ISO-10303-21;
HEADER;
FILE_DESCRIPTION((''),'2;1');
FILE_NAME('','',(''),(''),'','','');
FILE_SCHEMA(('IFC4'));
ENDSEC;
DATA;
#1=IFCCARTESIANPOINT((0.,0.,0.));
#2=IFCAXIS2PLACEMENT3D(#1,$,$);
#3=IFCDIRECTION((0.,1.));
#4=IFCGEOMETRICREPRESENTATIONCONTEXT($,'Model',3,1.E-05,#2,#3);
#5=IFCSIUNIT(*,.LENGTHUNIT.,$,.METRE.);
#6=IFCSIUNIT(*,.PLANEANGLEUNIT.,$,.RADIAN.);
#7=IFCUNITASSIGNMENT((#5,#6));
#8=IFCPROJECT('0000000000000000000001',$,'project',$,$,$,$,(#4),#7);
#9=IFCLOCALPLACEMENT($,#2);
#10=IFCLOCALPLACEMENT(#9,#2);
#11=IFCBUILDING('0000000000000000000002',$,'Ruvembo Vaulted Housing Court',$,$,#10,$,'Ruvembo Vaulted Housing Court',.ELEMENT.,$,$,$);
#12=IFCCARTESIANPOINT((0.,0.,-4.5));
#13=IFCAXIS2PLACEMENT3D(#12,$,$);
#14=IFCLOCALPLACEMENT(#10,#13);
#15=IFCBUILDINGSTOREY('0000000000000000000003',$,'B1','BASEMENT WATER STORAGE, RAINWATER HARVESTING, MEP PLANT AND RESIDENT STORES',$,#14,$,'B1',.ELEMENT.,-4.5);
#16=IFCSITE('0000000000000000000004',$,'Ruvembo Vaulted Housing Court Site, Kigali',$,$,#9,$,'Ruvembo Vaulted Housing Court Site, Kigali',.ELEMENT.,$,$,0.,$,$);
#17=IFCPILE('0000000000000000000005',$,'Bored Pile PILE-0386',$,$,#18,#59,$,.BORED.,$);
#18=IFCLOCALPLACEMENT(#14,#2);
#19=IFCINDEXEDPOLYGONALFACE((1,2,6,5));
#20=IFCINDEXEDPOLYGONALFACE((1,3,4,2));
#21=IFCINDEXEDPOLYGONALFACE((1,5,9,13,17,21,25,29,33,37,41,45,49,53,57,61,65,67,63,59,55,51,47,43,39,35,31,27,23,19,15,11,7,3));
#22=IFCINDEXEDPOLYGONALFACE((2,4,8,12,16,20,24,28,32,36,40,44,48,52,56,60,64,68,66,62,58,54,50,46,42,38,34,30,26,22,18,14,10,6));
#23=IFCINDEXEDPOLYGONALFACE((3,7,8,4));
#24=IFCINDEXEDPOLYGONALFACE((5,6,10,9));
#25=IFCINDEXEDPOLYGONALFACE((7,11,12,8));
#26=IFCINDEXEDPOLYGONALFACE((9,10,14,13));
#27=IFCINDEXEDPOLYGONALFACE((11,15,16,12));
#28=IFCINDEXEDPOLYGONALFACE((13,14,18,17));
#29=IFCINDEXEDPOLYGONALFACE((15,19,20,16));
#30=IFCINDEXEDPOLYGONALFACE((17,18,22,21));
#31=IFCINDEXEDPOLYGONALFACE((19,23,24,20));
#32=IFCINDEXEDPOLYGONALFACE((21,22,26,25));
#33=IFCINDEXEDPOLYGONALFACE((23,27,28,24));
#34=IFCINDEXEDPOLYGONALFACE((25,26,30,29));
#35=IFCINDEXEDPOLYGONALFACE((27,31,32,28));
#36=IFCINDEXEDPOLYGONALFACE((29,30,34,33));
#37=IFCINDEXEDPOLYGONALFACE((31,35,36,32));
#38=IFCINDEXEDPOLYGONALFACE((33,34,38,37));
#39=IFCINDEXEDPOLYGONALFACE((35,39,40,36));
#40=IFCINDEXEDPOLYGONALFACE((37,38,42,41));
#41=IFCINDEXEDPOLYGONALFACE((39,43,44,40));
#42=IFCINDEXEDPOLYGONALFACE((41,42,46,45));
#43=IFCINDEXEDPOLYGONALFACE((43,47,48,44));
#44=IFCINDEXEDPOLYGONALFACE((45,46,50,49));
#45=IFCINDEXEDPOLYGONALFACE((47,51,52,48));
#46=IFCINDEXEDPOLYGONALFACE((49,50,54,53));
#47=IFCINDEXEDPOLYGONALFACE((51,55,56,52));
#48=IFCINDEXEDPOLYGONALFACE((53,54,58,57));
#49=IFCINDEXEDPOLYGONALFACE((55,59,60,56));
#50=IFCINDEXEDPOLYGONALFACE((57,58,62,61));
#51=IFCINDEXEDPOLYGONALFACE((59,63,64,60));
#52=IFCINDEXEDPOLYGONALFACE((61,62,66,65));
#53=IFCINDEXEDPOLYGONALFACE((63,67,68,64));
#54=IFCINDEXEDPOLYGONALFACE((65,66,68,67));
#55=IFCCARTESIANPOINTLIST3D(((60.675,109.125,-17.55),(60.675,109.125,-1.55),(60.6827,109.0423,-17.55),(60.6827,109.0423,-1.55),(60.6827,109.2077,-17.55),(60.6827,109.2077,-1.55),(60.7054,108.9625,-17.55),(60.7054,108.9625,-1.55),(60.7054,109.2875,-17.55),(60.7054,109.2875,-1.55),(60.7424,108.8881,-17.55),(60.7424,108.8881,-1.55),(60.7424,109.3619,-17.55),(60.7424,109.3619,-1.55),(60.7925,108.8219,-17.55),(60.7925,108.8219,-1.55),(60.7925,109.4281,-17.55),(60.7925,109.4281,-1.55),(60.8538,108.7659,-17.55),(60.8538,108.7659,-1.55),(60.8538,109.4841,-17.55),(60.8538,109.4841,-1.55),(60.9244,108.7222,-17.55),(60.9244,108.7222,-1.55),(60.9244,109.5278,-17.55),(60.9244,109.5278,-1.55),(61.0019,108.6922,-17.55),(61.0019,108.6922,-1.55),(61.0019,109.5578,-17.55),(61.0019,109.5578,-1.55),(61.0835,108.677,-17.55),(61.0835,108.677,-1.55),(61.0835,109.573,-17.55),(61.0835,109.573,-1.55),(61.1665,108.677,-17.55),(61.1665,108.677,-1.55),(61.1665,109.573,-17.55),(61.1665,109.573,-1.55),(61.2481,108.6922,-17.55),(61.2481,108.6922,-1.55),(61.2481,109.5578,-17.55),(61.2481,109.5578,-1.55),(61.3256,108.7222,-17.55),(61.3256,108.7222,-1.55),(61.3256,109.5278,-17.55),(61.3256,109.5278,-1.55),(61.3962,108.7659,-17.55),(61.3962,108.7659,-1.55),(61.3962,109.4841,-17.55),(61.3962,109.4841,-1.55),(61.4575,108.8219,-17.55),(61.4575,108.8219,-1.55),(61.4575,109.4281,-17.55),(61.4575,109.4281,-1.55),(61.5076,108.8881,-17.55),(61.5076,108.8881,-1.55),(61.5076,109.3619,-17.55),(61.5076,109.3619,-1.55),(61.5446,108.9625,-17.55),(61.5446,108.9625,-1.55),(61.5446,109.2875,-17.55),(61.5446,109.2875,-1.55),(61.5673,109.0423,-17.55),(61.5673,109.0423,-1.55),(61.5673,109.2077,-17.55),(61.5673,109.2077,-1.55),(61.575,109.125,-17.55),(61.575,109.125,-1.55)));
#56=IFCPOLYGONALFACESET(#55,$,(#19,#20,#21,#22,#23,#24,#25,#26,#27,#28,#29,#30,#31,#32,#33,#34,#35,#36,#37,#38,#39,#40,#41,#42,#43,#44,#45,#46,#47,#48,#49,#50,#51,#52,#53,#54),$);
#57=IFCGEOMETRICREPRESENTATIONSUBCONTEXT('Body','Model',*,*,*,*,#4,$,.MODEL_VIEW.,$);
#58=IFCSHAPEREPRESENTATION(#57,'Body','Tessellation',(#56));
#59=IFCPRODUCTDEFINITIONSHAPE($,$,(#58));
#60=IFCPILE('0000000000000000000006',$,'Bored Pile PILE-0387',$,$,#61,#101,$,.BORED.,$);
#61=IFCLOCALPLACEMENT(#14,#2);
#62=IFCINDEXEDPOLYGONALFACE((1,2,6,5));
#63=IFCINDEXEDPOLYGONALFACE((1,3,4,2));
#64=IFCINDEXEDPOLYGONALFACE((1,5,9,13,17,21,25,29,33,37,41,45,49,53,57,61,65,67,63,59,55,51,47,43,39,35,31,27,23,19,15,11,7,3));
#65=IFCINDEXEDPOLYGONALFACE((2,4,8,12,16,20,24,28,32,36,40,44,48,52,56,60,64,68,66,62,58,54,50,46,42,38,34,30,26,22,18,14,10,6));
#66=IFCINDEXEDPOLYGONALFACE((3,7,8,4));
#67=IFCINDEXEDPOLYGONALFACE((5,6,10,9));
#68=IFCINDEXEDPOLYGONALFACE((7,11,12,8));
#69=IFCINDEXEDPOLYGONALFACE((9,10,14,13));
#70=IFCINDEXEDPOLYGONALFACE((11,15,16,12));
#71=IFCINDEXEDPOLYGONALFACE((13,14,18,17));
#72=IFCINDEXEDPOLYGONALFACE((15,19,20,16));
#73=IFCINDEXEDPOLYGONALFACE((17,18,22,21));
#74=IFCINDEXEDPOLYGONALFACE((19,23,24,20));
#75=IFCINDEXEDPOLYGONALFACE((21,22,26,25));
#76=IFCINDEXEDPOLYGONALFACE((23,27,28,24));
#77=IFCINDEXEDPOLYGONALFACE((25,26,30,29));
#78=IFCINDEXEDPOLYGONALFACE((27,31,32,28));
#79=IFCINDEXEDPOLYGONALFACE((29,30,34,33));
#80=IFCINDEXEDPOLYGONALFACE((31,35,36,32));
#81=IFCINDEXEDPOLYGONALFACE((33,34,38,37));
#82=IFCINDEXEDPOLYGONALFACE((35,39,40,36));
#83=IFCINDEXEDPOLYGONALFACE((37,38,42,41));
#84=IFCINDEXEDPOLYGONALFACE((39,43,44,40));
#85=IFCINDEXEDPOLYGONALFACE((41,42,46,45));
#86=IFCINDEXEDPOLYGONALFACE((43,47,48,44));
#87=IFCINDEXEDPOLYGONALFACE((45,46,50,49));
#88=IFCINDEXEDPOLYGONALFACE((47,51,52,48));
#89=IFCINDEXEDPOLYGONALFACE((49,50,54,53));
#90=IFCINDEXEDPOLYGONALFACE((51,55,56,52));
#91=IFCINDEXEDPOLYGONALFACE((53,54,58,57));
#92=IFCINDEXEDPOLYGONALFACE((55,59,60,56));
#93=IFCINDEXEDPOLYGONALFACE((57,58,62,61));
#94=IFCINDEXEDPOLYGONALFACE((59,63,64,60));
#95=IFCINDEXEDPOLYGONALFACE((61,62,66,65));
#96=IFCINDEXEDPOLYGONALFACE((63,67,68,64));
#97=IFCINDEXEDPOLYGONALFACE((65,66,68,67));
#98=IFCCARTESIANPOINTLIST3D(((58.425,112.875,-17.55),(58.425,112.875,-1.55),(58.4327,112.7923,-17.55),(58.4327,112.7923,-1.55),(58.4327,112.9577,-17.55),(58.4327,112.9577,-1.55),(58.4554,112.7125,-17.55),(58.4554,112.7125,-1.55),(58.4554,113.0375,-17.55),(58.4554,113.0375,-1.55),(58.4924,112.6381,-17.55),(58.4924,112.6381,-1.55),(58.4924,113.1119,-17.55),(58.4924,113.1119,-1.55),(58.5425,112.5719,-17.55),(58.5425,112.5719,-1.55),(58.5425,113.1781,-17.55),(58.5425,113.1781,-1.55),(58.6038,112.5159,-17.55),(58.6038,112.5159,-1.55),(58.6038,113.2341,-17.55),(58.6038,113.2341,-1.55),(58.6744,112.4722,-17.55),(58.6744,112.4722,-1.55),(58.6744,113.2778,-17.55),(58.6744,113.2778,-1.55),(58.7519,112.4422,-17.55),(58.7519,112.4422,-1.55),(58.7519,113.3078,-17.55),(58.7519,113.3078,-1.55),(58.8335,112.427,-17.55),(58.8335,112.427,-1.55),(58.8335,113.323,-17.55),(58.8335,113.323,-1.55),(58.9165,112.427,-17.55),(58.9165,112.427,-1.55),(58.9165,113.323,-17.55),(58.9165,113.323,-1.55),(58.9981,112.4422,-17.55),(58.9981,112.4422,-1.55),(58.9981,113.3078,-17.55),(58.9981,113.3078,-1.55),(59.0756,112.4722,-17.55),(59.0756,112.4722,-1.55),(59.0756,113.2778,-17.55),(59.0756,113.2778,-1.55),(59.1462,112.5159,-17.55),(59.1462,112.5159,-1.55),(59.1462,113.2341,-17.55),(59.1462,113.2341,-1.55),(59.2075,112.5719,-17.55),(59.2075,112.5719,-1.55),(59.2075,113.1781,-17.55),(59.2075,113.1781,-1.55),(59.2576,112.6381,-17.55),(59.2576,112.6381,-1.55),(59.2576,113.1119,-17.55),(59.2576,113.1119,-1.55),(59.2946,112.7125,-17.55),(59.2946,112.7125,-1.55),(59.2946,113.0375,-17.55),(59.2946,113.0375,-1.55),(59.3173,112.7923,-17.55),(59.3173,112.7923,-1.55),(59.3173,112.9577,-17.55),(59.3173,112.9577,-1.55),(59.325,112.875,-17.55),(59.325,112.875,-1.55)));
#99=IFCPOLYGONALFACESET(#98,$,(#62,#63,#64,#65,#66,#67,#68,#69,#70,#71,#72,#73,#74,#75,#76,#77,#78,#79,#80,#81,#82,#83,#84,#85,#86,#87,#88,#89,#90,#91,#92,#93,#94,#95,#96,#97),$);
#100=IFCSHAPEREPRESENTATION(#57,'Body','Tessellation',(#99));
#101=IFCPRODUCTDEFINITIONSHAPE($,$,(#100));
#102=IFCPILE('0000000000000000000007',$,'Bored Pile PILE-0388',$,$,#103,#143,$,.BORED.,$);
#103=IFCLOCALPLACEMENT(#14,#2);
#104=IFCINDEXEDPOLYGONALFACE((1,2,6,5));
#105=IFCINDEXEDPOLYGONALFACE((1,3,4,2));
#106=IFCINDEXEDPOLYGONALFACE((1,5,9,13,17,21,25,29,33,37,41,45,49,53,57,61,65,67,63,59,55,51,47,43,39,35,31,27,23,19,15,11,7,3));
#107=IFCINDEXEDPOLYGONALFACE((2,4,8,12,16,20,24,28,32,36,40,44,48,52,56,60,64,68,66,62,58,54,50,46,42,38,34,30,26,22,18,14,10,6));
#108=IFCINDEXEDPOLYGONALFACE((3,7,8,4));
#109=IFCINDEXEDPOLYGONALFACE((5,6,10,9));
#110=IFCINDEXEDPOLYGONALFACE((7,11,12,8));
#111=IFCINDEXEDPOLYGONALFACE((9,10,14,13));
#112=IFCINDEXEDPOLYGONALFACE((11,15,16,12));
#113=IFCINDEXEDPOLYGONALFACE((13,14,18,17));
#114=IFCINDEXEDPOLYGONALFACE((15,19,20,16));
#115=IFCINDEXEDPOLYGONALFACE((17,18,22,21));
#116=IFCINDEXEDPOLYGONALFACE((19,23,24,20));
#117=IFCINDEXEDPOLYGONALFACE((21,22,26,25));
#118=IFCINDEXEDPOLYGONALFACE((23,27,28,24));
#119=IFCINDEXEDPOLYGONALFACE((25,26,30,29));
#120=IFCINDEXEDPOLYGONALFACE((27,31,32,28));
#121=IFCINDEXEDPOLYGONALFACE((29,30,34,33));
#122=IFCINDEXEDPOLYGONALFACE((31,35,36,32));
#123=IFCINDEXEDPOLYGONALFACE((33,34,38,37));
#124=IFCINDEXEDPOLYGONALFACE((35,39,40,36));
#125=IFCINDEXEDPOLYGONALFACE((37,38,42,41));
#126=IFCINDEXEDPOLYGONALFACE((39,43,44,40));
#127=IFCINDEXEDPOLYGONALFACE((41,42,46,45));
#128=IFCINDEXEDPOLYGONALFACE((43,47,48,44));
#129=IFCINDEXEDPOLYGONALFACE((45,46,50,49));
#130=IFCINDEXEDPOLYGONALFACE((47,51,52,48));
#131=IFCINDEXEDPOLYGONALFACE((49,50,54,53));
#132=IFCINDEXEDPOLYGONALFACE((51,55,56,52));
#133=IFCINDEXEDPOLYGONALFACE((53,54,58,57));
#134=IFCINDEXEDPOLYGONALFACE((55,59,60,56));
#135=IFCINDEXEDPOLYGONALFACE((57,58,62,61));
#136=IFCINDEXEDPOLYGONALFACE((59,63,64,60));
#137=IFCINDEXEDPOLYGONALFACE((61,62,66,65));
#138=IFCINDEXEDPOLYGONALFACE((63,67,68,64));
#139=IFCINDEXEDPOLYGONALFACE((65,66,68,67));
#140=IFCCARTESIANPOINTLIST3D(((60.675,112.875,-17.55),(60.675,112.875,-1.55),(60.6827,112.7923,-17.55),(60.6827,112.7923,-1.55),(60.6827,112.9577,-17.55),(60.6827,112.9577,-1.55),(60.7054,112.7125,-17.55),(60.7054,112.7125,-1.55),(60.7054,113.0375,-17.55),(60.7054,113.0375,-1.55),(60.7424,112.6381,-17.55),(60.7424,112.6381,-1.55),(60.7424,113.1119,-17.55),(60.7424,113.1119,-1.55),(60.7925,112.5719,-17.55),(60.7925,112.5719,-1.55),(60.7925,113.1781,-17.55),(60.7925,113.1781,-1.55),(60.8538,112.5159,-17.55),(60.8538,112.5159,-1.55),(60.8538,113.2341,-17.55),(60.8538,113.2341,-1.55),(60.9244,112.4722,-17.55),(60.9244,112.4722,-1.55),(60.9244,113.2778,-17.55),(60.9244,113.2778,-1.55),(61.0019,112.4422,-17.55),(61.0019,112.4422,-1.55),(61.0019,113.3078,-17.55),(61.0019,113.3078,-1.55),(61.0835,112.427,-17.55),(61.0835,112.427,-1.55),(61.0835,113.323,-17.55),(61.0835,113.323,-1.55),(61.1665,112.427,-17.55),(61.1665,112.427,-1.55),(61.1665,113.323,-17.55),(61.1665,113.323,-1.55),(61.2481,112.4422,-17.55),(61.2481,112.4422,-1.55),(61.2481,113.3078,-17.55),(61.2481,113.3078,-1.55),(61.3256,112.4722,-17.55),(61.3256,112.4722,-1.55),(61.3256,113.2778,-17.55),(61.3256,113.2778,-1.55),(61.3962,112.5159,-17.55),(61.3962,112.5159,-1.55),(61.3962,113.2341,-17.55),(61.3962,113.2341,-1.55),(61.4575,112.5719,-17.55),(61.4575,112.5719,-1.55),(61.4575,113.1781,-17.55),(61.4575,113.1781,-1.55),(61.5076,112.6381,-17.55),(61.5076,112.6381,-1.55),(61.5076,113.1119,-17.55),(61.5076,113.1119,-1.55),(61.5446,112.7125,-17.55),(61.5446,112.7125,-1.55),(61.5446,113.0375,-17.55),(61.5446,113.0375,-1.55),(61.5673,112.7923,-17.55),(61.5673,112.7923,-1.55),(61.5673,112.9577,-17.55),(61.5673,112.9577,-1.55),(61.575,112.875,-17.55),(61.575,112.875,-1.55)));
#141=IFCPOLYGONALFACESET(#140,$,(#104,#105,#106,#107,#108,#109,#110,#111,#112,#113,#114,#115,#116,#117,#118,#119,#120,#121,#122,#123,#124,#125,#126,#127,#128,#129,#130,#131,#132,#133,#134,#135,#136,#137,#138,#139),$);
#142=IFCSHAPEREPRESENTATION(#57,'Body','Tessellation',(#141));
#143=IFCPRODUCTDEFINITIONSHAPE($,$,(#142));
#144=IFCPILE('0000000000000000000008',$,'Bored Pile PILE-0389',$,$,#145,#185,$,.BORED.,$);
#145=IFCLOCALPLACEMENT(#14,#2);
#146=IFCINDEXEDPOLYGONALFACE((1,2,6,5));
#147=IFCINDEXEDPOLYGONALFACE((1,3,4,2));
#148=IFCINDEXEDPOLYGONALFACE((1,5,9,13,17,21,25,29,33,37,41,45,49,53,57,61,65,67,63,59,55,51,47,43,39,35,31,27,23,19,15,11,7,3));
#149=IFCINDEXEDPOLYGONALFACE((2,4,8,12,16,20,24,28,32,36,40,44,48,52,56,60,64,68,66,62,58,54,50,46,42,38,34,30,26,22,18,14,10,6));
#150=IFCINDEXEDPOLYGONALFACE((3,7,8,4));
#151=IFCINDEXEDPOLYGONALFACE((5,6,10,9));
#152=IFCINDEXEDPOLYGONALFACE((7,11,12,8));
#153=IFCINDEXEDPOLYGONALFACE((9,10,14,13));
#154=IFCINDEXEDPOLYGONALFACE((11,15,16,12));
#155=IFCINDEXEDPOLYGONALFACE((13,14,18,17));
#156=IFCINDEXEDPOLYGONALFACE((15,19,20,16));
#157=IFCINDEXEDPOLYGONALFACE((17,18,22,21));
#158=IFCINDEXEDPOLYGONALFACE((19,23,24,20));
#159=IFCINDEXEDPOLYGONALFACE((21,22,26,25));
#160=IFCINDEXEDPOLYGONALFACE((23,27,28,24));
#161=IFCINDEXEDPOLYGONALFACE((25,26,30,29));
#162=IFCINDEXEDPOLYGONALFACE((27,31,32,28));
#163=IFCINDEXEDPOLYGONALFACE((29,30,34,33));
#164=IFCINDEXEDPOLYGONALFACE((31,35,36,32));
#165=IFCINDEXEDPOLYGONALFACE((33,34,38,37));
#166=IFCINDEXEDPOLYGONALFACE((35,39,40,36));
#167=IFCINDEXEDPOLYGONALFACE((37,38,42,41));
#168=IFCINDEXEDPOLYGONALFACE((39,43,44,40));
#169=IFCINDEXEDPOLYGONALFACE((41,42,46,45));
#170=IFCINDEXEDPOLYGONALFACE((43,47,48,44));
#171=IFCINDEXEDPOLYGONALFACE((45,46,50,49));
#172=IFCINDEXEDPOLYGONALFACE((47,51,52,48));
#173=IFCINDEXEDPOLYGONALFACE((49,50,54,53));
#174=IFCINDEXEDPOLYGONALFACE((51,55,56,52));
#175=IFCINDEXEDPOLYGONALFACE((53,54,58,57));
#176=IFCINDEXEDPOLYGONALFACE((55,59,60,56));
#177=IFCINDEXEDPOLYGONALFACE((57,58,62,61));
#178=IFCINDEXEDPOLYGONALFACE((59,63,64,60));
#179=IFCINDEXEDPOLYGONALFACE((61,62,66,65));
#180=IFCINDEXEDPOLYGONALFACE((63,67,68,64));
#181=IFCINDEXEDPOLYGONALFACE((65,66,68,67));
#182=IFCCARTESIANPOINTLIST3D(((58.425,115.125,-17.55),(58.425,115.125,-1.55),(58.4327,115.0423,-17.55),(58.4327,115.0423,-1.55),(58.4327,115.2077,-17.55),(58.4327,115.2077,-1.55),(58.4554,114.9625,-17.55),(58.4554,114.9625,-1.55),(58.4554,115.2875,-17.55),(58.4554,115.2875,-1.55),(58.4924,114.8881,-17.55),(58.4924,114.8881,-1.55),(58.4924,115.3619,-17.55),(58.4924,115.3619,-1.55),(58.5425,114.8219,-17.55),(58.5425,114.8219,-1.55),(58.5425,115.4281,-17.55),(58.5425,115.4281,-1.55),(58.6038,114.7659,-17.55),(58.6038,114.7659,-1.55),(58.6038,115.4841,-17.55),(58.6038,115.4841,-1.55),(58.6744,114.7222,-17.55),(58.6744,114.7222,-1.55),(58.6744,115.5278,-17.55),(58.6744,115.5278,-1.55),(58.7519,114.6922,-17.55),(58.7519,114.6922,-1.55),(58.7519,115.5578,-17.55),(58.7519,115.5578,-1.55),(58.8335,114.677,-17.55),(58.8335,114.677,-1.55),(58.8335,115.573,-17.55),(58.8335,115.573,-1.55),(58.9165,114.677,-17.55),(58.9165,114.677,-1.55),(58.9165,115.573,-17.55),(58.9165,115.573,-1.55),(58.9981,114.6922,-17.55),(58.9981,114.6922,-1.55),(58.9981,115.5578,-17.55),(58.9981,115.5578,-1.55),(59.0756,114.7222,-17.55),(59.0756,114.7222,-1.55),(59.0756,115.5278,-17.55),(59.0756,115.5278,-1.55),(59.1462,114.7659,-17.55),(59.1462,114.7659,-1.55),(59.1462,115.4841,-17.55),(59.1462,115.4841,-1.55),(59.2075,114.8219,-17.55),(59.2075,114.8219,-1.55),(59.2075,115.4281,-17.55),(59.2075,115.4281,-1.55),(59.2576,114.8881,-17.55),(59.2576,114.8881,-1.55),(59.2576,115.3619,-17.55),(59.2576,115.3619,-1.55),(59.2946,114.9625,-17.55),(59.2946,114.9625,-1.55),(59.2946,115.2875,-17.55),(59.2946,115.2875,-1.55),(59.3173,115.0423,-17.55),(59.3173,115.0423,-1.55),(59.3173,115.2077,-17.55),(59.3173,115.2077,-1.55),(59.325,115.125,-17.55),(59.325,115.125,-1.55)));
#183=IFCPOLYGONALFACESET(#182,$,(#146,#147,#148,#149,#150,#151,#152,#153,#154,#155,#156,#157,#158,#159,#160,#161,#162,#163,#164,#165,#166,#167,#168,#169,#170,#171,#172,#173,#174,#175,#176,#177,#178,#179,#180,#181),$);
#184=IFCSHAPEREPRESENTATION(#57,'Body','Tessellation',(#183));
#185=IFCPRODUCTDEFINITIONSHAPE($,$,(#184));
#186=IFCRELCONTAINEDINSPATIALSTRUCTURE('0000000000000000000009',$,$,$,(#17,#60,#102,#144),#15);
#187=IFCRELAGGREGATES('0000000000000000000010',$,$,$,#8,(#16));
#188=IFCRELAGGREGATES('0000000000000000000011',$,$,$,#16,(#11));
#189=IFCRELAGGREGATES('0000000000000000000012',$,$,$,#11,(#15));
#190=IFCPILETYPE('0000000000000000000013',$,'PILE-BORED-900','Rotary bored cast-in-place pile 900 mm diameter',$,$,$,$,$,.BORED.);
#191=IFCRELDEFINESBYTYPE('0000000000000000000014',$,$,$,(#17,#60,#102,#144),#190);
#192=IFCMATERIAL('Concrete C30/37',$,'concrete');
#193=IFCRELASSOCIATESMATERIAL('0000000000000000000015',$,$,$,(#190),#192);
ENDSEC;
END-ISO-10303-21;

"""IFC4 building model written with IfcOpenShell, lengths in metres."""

from ifc_helpers import new_model, si_unit, direction, frame, origin, origin_2d, place, context, subcontext, project, spatial, circle, extrude, material, material_profile, profile_set, type_object, element, save


model = new_model("IFC4")

# Units and contexts
model_context = context("Model", 3, precision=1e-05, world=origin(), true_north=direction((0.0, 1.0)))
body_context = subcontext(model_context, "Body", "Model", "MODEL_VIEW")
ifc_project = project(units=[si_unit("LENGTHUNIT", "METRE"), si_unit("PLANEANGLEUNIT", "RADIAN")], contexts=[model_context])

# Site, building, storey
site_placement = place(None, origin())
site = spatial("IfcSite", under=ifc_project, at=site_placement, Name="Ruvembo Vaulted Housing Court Site, Kigali", LongName="Ruvembo Vaulted Housing Court Site, Kigali", CompositionType="ELEMENT", RefElevation=0.0)
building_placement = place(site_placement, origin())
building = spatial("IfcBuilding", under=site, at=building_placement, Name="Ruvembo Vaulted Housing Court", LongName="Ruvembo Vaulted Housing Court", CompositionType="ELEMENT")
storey_placement = place(building_placement, frame((0.0, 0.0, -4.5)))
storey = spatial("IfcBuildingStorey", under=building, at=storey_placement, Name="B1", Description="BASEMENT WATER STORAGE, RAINWATER HARVESTING, MEP PLANT AND RESIDENT STORES", LongName="B1", CompositionType="ELEMENT", Elevation=-4.5)

# Piles
ifc_material_1 = material(Name="Concrete C30/37", Category="concrete")
ifc_material_profile_1 = material_profile(ifc_material_1, circle(Radius=0.45, at=origin_2d()), Name="PILE D900")
ifc_profile_set_1 = profile_set([ifc_material_profile_1], Name="Concrete C30/37")
pile_type = type_object("IfcPileType", Name="PILE-BORED-900", Description="Rotary bored cast-in-place pile 900 mm diameter", PredefinedType="BORED", material=ifc_profile_set_1)
for number, where, z_axis, x_axis, name in (
    (1, (61.125, 109.125, -1.55), (0.0, 0.0, -1.0), (1.0, 0.0, 0.0), "Bored Pile PILE-0386"),
    (2, (58.875, 112.875, -1.55), (0.0, 0.0, -1.0), (1.0, 0.0, 0.0), "Bored Pile PILE-0387"),
    (3, (61.125, 112.875, -1.55), (0.0, 0.0, -1.0), (1.0, 0.0, 0.0), "Bored Pile PILE-0388"),
    (4, (58.875, 115.125, -1.55), (0.0, 0.0, -1.0), (1.0, 0.0, 0.0), "Bored Pile PILE-0389"),
):
    element("IfcPile", number, at=place(storey_placement, frame(where, z_axis=z_axis, x_axis=x_axis)), inside=storey, type_object=pile_type, Name=name, PredefinedType="BORED", context=body_context, shape_type="SweptSolid", body=[
        extrude(circle(Radius=0.45, at=origin_2d()), origin(), (0.0, 0.0, 1.0), 16.0),
    ])

save(model, "model.ifc")
